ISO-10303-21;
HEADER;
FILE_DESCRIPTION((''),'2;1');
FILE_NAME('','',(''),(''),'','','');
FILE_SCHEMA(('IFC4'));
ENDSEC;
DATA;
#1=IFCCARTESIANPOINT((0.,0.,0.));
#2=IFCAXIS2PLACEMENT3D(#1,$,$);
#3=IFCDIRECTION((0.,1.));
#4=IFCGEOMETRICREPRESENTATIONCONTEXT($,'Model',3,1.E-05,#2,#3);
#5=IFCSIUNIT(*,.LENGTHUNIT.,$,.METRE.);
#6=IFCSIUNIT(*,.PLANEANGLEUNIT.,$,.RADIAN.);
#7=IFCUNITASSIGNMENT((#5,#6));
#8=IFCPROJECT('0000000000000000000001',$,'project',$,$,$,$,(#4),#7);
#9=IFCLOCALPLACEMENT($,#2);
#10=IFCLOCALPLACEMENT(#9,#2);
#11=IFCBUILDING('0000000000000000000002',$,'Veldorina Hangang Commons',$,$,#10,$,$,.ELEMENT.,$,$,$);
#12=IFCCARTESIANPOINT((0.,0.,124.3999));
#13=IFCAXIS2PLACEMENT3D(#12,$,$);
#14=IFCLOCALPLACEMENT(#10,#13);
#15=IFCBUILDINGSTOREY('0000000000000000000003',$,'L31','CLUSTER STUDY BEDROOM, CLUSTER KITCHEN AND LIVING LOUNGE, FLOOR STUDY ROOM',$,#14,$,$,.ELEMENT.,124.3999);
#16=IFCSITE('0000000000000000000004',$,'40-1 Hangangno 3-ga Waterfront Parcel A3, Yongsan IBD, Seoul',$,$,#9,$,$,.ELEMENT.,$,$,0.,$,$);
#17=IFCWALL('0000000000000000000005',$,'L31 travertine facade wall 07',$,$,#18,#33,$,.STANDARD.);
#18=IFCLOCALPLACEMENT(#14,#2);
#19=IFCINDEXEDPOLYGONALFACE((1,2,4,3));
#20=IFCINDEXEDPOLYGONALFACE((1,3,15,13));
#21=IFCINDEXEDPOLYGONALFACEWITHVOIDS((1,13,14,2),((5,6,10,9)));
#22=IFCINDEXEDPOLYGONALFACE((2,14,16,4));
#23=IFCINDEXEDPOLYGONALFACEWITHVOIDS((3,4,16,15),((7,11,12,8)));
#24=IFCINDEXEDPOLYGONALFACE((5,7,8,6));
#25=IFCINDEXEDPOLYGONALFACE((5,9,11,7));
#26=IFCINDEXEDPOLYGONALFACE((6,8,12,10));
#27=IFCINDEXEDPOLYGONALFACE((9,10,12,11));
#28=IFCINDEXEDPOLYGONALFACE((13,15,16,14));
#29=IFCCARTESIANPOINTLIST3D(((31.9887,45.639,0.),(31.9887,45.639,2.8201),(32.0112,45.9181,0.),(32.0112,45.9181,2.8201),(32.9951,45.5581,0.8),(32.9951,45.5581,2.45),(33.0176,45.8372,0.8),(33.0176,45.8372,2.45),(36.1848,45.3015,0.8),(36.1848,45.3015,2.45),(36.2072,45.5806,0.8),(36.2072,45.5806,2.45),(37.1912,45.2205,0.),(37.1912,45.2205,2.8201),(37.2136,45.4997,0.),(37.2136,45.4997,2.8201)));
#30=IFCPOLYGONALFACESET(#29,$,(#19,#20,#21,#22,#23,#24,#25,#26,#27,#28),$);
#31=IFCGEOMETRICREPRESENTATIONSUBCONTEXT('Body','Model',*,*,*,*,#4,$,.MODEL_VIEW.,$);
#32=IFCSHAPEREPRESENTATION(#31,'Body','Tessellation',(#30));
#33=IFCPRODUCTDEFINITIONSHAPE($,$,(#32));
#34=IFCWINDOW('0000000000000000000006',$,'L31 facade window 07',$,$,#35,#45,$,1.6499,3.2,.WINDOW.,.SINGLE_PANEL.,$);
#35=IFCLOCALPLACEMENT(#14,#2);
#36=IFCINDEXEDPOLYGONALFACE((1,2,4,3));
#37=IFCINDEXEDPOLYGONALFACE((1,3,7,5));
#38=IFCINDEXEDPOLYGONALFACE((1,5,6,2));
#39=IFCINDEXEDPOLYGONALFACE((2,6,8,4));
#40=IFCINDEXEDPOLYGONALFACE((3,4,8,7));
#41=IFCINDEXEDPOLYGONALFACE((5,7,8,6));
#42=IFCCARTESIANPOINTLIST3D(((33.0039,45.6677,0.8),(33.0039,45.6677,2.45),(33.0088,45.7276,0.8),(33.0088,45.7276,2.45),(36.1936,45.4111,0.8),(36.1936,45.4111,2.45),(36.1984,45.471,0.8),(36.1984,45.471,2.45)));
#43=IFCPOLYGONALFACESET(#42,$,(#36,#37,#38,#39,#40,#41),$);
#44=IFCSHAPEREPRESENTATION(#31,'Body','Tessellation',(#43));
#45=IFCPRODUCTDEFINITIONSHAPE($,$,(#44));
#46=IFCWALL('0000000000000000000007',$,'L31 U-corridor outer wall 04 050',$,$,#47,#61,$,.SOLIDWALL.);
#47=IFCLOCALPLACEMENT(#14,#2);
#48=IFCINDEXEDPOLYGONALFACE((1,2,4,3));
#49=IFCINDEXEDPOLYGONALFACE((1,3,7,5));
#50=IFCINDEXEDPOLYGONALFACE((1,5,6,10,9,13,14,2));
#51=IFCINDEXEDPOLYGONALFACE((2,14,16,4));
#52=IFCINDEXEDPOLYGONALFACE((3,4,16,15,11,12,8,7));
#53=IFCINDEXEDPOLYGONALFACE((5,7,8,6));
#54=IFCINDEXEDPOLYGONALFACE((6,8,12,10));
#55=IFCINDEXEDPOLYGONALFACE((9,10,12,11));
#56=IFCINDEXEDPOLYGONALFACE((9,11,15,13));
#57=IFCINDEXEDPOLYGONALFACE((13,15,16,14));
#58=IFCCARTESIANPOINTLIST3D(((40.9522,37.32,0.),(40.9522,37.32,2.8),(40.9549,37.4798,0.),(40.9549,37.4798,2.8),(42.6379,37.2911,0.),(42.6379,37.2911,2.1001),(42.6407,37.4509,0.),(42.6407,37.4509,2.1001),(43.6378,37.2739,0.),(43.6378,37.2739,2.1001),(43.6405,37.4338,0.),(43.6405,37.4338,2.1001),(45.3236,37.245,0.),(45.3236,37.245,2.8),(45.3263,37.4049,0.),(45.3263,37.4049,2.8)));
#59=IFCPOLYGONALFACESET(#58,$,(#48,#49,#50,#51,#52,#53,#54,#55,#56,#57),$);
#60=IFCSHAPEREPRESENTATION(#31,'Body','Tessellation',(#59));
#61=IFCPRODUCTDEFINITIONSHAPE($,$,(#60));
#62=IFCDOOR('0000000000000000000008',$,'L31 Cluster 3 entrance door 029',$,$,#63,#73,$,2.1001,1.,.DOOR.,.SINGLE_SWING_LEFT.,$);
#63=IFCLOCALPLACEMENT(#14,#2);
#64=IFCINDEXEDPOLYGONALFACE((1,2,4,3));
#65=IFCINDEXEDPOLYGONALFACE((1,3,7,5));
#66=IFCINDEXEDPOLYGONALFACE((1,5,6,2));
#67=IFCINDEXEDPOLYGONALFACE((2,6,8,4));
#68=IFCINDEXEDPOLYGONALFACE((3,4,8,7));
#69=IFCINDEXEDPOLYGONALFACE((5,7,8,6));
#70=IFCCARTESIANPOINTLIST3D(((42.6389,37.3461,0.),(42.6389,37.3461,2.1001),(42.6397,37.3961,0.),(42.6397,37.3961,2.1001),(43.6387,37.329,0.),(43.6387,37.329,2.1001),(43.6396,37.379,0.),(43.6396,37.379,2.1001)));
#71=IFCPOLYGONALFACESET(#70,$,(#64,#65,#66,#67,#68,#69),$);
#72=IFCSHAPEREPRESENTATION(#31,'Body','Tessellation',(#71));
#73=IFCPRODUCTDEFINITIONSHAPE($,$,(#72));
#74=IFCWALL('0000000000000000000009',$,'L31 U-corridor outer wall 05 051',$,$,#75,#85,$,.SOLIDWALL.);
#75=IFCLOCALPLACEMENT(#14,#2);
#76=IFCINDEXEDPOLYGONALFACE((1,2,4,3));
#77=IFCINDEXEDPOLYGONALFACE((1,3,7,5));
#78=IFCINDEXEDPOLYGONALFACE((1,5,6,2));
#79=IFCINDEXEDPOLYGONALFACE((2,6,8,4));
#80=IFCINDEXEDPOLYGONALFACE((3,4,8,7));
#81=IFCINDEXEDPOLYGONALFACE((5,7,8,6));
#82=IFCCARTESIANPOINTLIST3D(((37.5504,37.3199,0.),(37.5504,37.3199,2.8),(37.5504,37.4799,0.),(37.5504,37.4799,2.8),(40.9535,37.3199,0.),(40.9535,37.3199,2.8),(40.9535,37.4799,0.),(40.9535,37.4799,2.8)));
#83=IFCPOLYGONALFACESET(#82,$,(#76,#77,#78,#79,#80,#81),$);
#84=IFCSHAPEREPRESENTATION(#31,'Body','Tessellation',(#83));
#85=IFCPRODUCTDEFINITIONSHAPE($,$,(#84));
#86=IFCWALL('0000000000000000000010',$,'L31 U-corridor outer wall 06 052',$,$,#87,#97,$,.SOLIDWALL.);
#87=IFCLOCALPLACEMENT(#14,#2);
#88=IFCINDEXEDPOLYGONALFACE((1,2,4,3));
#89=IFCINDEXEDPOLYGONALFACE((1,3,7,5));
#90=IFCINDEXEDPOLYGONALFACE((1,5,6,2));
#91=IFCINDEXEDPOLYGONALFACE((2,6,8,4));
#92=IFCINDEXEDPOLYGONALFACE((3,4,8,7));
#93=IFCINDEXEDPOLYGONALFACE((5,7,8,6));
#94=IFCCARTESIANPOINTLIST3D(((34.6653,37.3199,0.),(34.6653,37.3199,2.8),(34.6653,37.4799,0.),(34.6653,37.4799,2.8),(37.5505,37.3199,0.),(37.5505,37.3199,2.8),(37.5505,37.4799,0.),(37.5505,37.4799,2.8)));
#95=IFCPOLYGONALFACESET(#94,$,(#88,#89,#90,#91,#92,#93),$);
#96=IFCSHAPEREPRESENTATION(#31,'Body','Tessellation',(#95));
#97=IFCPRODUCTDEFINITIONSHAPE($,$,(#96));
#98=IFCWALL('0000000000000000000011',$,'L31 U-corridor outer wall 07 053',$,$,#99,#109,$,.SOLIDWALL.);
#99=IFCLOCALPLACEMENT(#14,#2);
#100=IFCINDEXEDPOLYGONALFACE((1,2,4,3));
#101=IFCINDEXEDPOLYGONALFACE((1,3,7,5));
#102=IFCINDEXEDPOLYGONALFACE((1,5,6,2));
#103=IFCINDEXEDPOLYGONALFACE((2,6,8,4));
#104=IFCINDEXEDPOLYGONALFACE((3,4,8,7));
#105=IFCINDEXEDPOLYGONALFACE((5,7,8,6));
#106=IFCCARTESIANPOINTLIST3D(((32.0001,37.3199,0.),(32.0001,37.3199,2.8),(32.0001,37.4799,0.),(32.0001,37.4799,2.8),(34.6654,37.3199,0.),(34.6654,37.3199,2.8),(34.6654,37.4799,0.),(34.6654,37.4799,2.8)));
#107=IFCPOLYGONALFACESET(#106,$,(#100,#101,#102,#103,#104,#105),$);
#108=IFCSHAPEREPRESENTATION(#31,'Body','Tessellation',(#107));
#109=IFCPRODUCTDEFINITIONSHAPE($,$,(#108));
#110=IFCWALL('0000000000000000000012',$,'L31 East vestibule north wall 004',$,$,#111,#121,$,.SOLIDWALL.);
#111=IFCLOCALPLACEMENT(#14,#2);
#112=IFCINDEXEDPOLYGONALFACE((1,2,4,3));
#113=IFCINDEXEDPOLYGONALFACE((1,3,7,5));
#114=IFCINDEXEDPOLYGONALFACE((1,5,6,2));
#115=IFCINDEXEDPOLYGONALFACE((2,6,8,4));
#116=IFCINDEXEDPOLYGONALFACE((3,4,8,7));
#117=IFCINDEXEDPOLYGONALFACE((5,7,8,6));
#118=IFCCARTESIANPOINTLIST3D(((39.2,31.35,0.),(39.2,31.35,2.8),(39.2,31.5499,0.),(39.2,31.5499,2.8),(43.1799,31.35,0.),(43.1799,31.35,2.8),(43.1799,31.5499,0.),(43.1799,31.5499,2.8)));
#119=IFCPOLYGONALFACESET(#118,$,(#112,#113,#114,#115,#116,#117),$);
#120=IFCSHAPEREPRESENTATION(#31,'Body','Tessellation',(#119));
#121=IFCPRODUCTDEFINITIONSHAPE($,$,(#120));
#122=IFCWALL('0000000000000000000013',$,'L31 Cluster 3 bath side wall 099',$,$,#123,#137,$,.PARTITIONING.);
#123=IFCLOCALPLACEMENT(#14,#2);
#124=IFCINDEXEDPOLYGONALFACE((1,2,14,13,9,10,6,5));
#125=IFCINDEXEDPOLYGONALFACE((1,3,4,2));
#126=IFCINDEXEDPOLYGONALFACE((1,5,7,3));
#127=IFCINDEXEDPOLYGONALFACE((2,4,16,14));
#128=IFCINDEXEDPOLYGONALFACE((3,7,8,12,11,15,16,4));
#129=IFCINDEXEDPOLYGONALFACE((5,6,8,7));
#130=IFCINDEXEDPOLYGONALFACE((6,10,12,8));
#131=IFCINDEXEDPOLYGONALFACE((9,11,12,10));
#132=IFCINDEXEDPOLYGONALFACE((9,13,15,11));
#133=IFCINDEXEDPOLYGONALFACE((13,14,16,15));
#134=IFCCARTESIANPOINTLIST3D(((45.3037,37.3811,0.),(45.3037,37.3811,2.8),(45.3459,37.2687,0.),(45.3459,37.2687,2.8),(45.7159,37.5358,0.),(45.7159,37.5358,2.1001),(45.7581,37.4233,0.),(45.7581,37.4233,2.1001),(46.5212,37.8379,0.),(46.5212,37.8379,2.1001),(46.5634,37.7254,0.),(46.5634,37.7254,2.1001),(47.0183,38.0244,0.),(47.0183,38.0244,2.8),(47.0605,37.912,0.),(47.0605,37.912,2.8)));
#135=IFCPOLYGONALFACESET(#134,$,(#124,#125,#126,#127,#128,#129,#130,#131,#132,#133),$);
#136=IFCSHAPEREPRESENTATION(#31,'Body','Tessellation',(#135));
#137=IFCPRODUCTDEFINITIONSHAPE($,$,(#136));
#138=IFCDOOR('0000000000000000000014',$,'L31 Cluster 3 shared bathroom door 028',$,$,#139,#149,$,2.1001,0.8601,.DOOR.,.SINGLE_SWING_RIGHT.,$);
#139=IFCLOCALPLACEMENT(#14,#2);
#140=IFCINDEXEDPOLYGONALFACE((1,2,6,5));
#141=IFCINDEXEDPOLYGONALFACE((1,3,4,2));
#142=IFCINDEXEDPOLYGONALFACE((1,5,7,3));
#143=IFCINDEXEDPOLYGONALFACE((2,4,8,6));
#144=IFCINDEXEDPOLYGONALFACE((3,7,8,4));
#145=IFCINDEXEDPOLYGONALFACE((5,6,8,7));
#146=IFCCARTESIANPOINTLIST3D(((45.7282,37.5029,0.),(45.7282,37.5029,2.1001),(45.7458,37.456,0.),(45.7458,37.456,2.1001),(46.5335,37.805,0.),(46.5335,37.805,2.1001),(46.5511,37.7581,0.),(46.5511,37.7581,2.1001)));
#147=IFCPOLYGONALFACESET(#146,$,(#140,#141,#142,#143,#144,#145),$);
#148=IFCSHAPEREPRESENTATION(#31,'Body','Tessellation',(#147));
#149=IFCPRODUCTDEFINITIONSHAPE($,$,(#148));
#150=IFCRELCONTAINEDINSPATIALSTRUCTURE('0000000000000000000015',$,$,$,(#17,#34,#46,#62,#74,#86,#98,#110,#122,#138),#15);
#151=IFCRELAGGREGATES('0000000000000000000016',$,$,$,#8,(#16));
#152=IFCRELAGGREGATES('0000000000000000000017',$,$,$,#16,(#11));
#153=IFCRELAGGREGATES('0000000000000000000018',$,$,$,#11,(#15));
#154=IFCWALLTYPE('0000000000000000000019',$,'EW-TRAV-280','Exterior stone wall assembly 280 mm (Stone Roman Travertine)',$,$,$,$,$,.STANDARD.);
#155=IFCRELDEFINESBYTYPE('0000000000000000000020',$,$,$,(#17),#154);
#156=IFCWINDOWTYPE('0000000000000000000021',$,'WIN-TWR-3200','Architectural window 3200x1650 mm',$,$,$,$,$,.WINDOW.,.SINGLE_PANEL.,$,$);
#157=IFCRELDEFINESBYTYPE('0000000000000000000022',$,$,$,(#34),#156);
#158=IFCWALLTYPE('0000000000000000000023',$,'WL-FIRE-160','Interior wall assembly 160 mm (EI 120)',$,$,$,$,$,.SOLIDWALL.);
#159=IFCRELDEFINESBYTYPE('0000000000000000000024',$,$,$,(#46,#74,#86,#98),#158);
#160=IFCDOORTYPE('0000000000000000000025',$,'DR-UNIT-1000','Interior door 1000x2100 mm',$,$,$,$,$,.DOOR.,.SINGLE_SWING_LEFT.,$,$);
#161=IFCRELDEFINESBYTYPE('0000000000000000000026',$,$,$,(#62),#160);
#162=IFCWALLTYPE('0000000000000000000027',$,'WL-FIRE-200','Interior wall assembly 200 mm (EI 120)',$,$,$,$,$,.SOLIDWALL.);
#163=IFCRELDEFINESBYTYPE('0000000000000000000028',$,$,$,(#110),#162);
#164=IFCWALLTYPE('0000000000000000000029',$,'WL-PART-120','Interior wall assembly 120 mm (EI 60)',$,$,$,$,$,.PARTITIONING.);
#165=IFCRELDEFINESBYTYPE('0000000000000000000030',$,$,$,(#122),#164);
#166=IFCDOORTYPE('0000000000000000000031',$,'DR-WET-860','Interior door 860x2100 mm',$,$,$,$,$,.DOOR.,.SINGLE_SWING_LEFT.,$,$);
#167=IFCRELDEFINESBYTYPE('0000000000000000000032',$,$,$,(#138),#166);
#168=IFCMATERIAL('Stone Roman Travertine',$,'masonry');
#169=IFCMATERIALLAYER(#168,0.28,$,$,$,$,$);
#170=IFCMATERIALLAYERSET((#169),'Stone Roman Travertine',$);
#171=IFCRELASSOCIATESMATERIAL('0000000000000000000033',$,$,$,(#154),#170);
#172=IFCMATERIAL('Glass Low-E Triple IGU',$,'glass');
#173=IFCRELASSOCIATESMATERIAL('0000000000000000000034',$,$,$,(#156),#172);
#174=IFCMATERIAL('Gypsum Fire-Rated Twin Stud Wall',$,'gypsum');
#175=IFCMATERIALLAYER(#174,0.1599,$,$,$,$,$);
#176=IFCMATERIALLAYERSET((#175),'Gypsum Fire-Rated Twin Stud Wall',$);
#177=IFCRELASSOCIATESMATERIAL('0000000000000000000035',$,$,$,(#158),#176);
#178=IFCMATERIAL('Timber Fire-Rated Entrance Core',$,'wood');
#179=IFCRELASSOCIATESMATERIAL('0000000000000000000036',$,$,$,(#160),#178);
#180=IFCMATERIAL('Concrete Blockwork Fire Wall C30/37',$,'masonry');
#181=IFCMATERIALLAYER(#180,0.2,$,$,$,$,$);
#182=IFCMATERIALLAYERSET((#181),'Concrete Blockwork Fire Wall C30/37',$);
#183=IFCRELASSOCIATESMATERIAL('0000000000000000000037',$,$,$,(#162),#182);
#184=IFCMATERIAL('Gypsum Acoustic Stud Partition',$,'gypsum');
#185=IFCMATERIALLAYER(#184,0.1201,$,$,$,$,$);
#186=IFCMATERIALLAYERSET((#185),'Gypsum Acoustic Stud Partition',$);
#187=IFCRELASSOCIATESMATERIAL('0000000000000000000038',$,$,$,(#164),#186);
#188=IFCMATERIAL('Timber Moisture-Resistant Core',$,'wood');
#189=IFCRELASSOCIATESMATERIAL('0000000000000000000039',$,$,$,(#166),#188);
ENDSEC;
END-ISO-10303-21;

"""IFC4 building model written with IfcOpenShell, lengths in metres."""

from ifc_helpers import new_model, si_unit, direction, frame, frame_2d, origin, place, context, subcontext, project, spatial, rectangle, extrude, material, layer, layer_set, type_object, element, fill, save


model = new_model("IFC4")

# Units and contexts
model_context = context("Model", 3, precision=1e-05, world=origin(), true_north=direction((0.0, 1.0)))
body_context = subcontext(model_context, "Body", "Model", "MODEL_VIEW")
ifc_project = project(units=[si_unit("LENGTHUNIT", "METRE"), si_unit("PLANEANGLEUNIT", "RADIAN")], contexts=[model_context])

# Site, building, storey
site_placement = place(None, origin())
site = spatial("IfcSite", under=ifc_project, at=site_placement, Name="40-1 Hangangno 3-ga Waterfront Parcel A3, Yongsan IBD, Seoul", CompositionType="ELEMENT", RefElevation=0.0)
building_placement = place(site_placement, origin())
building = spatial("IfcBuilding", under=site, at=building_placement, Name="Veldorina Hangang Commons", CompositionType="ELEMENT")
storey_placement = place(building_placement, frame((0.0, 0.0, 124.3999)))
storey = spatial("IfcBuildingStorey", under=building, at=storey_placement, Name="L31", Description="CLUSTER STUDY BEDROOM, CLUSTER KITCHEN AND LIVING LOUNGE, FLOOR STUDY ROOM", CompositionType="ELEMENT", Elevation=124.3999)

# Wall, opening, window
ifc_material_1 = material(Name="Stone Roman Travertine", Category="masonry")
ifc_layer_1 = layer(ifc_material_1, 0.28)
ifc_layer_set_1 = layer_set([ifc_layer_1], Name="Stone Roman Travertine")
wall_type_1 = type_object("IfcWallType", Name="EW-TRAV-280", Description="Exterior stone wall assembly 280 mm (Stone Roman Travertine)", PredefinedType="STANDARD", material=ifc_layer_set_1)
ifc_material_2 = material(Name="Glass Low-E Triple IGU", Category="glass")
window_type = type_object("IfcWindowType", Name="WIN-TWR-3200", Description="Architectural window 3200x1650 mm", PartitioningType="SINGLE_PANEL", PredefinedType="WINDOW", material=ifc_material_2)
wall_1_placement = place(storey_placement, frame((37.2024, 45.3601, 0.0), z_axis=(0.0, 0.0, 1.0), x_axis=(-0.996781, 0.080177, 0.0)))
wall_1 = element("IfcWall", 1, at=wall_1_placement, inside=storey, type_object=wall_type_1, Name="L31 travertine facade wall 07", PredefinedType="STANDARD", context=body_context, shape_type="SweptSolid", body=[
    extrude(rectangle(XDim=5.2192, YDim=0.28, at=frame_2d((2.6096, 0.0))), origin(), (0.0, 0.0, 1.0), 2.8201),
])
opening_1_placement = place(wall_1_placement, frame((1.0095, 0.0, 0.8)))
opening_1 = element("IfcOpeningElement", 2, at=opening_1_placement, cuts=wall_1, PredefinedType="OPENING", context=body_context, shape_type="SweptSolid", body=[
    extrude(rectangle(XDim=3.2, YDim=1.6499, at=frame_2d((1.6001, 0.825))), frame((0.0, 0.1499, 0.0), z_axis=(0.0, -1.0, 0.0), x_axis=(1.0, 0.0, 0.0)), (0.0, 0.0, 1.0), 0.3),
])
window_1_placement = place(opening_1_placement, origin())
window_1 = element("IfcWindow", 3, at=window_1_placement, inside=storey, type_object=window_type, Name="L31 facade window 07", OverallHeight=1.6499, OverallWidth=3.2, PartitioningType="SINGLE_PANEL", PredefinedType="WINDOW", context=body_context, shape_type="SweptSolid", body=[
    extrude(rectangle(XDim=3.2, YDim=1.6499, at=frame_2d((1.6001, 0.825))), frame((0.0, 0.03, 0.0), z_axis=(0.0, -1.0, 0.0), x_axis=(1.0, 0.0, 0.0)), (0.0, 0.0, 1.0), 0.0601),
])
fill(opening_1, window_1)

# Wall, opening, door
ifc_material_3 = material(Name="Gypsum Fire-Rated Twin Stud Wall", Category="gypsum")
ifc_layer_2 = layer(ifc_material_3, 0.1599)
ifc_layer_set_2 = layer_set([ifc_layer_2], Name="Gypsum Fire-Rated Twin Stud Wall")
wall_type_2 = type_object("IfcWallType", Name="WL-FIRE-160", Description="Interior wall assembly 160 mm (EI 120)", PredefinedType="SOLIDWALL", material=ifc_layer_set_2)
wall_2_placement = place(storey_placement, frame((45.325, 37.325, 0.0), z_axis=(0.0, 0.0, 1.0), x_axis=(-0.999853, 0.017144, 0.0)))
wall_2 = element("IfcWall", 4, at=wall_2_placement, inside=storey, type_object=wall_type_2, Name="L31 U-corridor outer wall 04 050", PredefinedType="SOLIDWALL", context=body_context, shape_type="SweptSolid", body=[
    extrude(rectangle(XDim=4.3721, YDim=0.1599, at=frame_2d((2.186, 0.0))), origin(), (0.0, 0.0, 1.0), 2.8),
])
opening_2_placement = place(wall_2_placement, frame((1.686, 0.0, 0.0)))
opening_2 = element("IfcOpeningElement", 5, at=opening_2_placement, cuts=wall_2, PredefinedType="OPENING", context=body_context, shape_type="SweptSolid", body=[
    extrude(rectangle(XDim=1.0, YDim=2.1001, at=frame_2d((0.5, 1.05))), frame((0.0, 0.0898, 0.0), z_axis=(0.0, -1.0, 0.0), x_axis=(1.0, 0.0, 0.0)), (0.0, 0.0, 1.0), 0.1799),
])
ifc_material_4 = material(Name="Timber Fire-Rated Entrance Core", Category="wood")
door_type_1 = type_object("IfcDoorType", Name="DR-UNIT-1000", Description="Interior door 1000x2100 mm", OperationType="SINGLE_SWING_LEFT", PredefinedType="DOOR", material=ifc_material_4)
door_1_placement = place(opening_2_placement, origin())
door_1 = element("IfcDoor", 6, at=door_1_placement, inside=storey, type_object=door_type_1, Name="L31 Cluster 3 entrance door 029", OperationType="SINGLE_SWING_LEFT", OverallHeight=2.1001, OverallWidth=1.0, PredefinedType="DOOR", context=body_context, shape_type="SweptSolid", body=[
    extrude(rectangle(XDim=1.0, YDim=2.1001, at=frame_2d((0.5, 1.05))), frame((0.0, 0.0249, 0.0), z_axis=(0.0, -1.0, 0.0), x_axis=(1.0, 0.0, 0.0)), (0.0, 0.0, 1.0), 0.05),
])
fill(opening_2, door_1)

# Walls
wall_3_placement = place(storey_placement, frame((40.9536, 37.3999, 0.0), z_axis=(0.0, 0.0, 1.0), x_axis=(-1.0, 0.0, 0.0)))
element("IfcWall", 7, at=wall_3_placement, inside=storey, type_object=wall_type_2, Name="L31 U-corridor outer wall 05 051", PredefinedType="SOLIDWALL", context=body_context, shape_type="SweptSolid", body=[
    extrude(rectangle(XDim=3.4031, YDim=0.1599, at=frame_2d((1.7017, 0.0))), origin(), (0.0, 0.0, 1.0), 2.8),
])
wall_4_placement = place(storey_placement, frame((37.5505, 37.3999, 0.0), z_axis=(0.0, 0.0, 1.0), x_axis=(-1.0, 0.0, 0.0)))
element("IfcWall", 8, at=wall_4_placement, inside=storey, type_object=wall_type_2, Name="L31 U-corridor outer wall 06 052", PredefinedType="SOLIDWALL", context=body_context, shape_type="SweptSolid", body=[
    extrude(rectangle(XDim=2.8853, YDim=0.1599, at=frame_2d((1.4426, 0.0))), origin(), (0.0, 0.0, 1.0), 2.8),
])
wall_5_placement = place(storey_placement, frame((34.6653, 37.3999, 0.0), z_axis=(0.0, 0.0, 1.0), x_axis=(-1.0, 0.0, 0.0)))
element("IfcWall", 9, at=wall_5_placement, inside=storey, type_object=wall_type_2, Name="L31 U-corridor outer wall 07 053", PredefinedType="SOLIDWALL", context=body_context, shape_type="SweptSolid", body=[
    extrude(rectangle(XDim=2.6653, YDim=0.1599, at=frame_2d((1.3325, 0.0))), origin(), (0.0, 0.0, 1.0), 2.8),
])
ifc_material_5 = material(Name="Concrete Blockwork Fire Wall C30/37", Category="masonry")
ifc_layer_3 = layer(ifc_material_5, 0.2)
ifc_layer_set_3 = layer_set([ifc_layer_3], Name="Concrete Blockwork Fire Wall C30/37")
wall_type_3 = type_object("IfcWallType", Name="WL-FIRE-200", Description="Interior wall assembly 200 mm (EI 120)", PredefinedType="SOLIDWALL", material=ifc_layer_set_3)
wall_6_placement = place(storey_placement, frame((39.2, 31.45, 0.0), z_axis=(0.0, 0.0, 1.0), x_axis=(1.0, 0.0, 0.0)))
element("IfcWall", 10, at=wall_6_placement, inside=storey, type_object=wall_type_3, Name="L31 East vestibule north wall 004", PredefinedType="SOLIDWALL", context=body_context, shape_type="SweptSolid", body=[
    extrude(rectangle(XDim=3.98, YDim=0.2, at=frame_2d((1.99, 0.0))), origin(), (0.0, 0.0, 1.0), 2.8),
])

# Wall, opening, door
ifc_material_6 = material(Name="Gypsum Acoustic Stud Partition", Category="gypsum")
ifc_layer_4 = layer(ifc_material_6, 0.1201)
ifc_layer_set_4 = layer_set([ifc_layer_4], Name="Gypsum Acoustic Stud Partition")
wall_type_4 = type_object("IfcWallType", Name="WL-PART-120", Description="Interior wall assembly 120 mm (EI 60)", PredefinedType="PARTITIONING", material=ifc_layer_set_4)
wall_7_placement = place(storey_placement, frame((45.325, 37.325, 0.0), z_axis=(0.0, 0.0, 1.0), x_axis=(0.936269, 0.351284, 0.0)))
wall_7 = element("IfcWall", 11, at=wall_7_placement, inside=storey, type_object=wall_type_4, Name="L31 Cluster 3 bath side wall 099", PredefinedType="PARTITIONING", context=body_context, shape_type="SweptSolid", body=[
    extrude(rectangle(XDim=1.8313, YDim=0.1201, at=frame_2d((0.9155, 0.0))), origin(), (0.0, 0.0, 1.0), 2.8),
])
opening_3_placement = place(wall_7_placement, frame((0.4399, 0.0, 0.0)))
opening_3 = element("IfcOpeningElement", 12, at=opening_3_placement, cuts=wall_7, PredefinedType="OPENING", context=body_context, shape_type="SweptSolid", body=[
    extrude(rectangle(XDim=0.8601, YDim=2.1001, at=frame_2d((0.4302, 1.05))), frame((0.0, 0.0701, 0.0), z_axis=(0.0, -1.0, 0.0), x_axis=(1.0, 0.0, 0.0)), (0.0, 0.0, 1.0), 0.1401),
])
ifc_material_7 = material(Name="Timber Moisture-Resistant Core", Category="wood")
door_type_2 = type_object("IfcDoorType", Name="DR-WET-860", Description="Interior door 860x2100 mm", OperationType="SINGLE_SWING_LEFT", PredefinedType="DOOR", material=ifc_material_7)
door_2_placement = place(opening_3_placement, origin())
door_2 = element("IfcDoor", 13, at=door_2_placement, inside=storey, type_object=door_type_2, Name="L31 Cluster 3 shared bathroom door 028", OperationType="SINGLE_SWING_RIGHT", OverallHeight=2.1001, OverallWidth=0.8601, PredefinedType="DOOR", context=body_context, shape_type="SweptSolid", body=[
    extrude(rectangle(XDim=0.8601, YDim=2.1001, at=frame_2d((0.4302, 1.05))), frame((0.0, 0.0249, 0.0), z_axis=(0.0, -1.0, 0.0), x_axis=(1.0, 0.0, 0.0)), (0.0, 0.0, 1.0), 0.05),
])
fill(opening_3, door_2)

save(model, "model.ifc")
